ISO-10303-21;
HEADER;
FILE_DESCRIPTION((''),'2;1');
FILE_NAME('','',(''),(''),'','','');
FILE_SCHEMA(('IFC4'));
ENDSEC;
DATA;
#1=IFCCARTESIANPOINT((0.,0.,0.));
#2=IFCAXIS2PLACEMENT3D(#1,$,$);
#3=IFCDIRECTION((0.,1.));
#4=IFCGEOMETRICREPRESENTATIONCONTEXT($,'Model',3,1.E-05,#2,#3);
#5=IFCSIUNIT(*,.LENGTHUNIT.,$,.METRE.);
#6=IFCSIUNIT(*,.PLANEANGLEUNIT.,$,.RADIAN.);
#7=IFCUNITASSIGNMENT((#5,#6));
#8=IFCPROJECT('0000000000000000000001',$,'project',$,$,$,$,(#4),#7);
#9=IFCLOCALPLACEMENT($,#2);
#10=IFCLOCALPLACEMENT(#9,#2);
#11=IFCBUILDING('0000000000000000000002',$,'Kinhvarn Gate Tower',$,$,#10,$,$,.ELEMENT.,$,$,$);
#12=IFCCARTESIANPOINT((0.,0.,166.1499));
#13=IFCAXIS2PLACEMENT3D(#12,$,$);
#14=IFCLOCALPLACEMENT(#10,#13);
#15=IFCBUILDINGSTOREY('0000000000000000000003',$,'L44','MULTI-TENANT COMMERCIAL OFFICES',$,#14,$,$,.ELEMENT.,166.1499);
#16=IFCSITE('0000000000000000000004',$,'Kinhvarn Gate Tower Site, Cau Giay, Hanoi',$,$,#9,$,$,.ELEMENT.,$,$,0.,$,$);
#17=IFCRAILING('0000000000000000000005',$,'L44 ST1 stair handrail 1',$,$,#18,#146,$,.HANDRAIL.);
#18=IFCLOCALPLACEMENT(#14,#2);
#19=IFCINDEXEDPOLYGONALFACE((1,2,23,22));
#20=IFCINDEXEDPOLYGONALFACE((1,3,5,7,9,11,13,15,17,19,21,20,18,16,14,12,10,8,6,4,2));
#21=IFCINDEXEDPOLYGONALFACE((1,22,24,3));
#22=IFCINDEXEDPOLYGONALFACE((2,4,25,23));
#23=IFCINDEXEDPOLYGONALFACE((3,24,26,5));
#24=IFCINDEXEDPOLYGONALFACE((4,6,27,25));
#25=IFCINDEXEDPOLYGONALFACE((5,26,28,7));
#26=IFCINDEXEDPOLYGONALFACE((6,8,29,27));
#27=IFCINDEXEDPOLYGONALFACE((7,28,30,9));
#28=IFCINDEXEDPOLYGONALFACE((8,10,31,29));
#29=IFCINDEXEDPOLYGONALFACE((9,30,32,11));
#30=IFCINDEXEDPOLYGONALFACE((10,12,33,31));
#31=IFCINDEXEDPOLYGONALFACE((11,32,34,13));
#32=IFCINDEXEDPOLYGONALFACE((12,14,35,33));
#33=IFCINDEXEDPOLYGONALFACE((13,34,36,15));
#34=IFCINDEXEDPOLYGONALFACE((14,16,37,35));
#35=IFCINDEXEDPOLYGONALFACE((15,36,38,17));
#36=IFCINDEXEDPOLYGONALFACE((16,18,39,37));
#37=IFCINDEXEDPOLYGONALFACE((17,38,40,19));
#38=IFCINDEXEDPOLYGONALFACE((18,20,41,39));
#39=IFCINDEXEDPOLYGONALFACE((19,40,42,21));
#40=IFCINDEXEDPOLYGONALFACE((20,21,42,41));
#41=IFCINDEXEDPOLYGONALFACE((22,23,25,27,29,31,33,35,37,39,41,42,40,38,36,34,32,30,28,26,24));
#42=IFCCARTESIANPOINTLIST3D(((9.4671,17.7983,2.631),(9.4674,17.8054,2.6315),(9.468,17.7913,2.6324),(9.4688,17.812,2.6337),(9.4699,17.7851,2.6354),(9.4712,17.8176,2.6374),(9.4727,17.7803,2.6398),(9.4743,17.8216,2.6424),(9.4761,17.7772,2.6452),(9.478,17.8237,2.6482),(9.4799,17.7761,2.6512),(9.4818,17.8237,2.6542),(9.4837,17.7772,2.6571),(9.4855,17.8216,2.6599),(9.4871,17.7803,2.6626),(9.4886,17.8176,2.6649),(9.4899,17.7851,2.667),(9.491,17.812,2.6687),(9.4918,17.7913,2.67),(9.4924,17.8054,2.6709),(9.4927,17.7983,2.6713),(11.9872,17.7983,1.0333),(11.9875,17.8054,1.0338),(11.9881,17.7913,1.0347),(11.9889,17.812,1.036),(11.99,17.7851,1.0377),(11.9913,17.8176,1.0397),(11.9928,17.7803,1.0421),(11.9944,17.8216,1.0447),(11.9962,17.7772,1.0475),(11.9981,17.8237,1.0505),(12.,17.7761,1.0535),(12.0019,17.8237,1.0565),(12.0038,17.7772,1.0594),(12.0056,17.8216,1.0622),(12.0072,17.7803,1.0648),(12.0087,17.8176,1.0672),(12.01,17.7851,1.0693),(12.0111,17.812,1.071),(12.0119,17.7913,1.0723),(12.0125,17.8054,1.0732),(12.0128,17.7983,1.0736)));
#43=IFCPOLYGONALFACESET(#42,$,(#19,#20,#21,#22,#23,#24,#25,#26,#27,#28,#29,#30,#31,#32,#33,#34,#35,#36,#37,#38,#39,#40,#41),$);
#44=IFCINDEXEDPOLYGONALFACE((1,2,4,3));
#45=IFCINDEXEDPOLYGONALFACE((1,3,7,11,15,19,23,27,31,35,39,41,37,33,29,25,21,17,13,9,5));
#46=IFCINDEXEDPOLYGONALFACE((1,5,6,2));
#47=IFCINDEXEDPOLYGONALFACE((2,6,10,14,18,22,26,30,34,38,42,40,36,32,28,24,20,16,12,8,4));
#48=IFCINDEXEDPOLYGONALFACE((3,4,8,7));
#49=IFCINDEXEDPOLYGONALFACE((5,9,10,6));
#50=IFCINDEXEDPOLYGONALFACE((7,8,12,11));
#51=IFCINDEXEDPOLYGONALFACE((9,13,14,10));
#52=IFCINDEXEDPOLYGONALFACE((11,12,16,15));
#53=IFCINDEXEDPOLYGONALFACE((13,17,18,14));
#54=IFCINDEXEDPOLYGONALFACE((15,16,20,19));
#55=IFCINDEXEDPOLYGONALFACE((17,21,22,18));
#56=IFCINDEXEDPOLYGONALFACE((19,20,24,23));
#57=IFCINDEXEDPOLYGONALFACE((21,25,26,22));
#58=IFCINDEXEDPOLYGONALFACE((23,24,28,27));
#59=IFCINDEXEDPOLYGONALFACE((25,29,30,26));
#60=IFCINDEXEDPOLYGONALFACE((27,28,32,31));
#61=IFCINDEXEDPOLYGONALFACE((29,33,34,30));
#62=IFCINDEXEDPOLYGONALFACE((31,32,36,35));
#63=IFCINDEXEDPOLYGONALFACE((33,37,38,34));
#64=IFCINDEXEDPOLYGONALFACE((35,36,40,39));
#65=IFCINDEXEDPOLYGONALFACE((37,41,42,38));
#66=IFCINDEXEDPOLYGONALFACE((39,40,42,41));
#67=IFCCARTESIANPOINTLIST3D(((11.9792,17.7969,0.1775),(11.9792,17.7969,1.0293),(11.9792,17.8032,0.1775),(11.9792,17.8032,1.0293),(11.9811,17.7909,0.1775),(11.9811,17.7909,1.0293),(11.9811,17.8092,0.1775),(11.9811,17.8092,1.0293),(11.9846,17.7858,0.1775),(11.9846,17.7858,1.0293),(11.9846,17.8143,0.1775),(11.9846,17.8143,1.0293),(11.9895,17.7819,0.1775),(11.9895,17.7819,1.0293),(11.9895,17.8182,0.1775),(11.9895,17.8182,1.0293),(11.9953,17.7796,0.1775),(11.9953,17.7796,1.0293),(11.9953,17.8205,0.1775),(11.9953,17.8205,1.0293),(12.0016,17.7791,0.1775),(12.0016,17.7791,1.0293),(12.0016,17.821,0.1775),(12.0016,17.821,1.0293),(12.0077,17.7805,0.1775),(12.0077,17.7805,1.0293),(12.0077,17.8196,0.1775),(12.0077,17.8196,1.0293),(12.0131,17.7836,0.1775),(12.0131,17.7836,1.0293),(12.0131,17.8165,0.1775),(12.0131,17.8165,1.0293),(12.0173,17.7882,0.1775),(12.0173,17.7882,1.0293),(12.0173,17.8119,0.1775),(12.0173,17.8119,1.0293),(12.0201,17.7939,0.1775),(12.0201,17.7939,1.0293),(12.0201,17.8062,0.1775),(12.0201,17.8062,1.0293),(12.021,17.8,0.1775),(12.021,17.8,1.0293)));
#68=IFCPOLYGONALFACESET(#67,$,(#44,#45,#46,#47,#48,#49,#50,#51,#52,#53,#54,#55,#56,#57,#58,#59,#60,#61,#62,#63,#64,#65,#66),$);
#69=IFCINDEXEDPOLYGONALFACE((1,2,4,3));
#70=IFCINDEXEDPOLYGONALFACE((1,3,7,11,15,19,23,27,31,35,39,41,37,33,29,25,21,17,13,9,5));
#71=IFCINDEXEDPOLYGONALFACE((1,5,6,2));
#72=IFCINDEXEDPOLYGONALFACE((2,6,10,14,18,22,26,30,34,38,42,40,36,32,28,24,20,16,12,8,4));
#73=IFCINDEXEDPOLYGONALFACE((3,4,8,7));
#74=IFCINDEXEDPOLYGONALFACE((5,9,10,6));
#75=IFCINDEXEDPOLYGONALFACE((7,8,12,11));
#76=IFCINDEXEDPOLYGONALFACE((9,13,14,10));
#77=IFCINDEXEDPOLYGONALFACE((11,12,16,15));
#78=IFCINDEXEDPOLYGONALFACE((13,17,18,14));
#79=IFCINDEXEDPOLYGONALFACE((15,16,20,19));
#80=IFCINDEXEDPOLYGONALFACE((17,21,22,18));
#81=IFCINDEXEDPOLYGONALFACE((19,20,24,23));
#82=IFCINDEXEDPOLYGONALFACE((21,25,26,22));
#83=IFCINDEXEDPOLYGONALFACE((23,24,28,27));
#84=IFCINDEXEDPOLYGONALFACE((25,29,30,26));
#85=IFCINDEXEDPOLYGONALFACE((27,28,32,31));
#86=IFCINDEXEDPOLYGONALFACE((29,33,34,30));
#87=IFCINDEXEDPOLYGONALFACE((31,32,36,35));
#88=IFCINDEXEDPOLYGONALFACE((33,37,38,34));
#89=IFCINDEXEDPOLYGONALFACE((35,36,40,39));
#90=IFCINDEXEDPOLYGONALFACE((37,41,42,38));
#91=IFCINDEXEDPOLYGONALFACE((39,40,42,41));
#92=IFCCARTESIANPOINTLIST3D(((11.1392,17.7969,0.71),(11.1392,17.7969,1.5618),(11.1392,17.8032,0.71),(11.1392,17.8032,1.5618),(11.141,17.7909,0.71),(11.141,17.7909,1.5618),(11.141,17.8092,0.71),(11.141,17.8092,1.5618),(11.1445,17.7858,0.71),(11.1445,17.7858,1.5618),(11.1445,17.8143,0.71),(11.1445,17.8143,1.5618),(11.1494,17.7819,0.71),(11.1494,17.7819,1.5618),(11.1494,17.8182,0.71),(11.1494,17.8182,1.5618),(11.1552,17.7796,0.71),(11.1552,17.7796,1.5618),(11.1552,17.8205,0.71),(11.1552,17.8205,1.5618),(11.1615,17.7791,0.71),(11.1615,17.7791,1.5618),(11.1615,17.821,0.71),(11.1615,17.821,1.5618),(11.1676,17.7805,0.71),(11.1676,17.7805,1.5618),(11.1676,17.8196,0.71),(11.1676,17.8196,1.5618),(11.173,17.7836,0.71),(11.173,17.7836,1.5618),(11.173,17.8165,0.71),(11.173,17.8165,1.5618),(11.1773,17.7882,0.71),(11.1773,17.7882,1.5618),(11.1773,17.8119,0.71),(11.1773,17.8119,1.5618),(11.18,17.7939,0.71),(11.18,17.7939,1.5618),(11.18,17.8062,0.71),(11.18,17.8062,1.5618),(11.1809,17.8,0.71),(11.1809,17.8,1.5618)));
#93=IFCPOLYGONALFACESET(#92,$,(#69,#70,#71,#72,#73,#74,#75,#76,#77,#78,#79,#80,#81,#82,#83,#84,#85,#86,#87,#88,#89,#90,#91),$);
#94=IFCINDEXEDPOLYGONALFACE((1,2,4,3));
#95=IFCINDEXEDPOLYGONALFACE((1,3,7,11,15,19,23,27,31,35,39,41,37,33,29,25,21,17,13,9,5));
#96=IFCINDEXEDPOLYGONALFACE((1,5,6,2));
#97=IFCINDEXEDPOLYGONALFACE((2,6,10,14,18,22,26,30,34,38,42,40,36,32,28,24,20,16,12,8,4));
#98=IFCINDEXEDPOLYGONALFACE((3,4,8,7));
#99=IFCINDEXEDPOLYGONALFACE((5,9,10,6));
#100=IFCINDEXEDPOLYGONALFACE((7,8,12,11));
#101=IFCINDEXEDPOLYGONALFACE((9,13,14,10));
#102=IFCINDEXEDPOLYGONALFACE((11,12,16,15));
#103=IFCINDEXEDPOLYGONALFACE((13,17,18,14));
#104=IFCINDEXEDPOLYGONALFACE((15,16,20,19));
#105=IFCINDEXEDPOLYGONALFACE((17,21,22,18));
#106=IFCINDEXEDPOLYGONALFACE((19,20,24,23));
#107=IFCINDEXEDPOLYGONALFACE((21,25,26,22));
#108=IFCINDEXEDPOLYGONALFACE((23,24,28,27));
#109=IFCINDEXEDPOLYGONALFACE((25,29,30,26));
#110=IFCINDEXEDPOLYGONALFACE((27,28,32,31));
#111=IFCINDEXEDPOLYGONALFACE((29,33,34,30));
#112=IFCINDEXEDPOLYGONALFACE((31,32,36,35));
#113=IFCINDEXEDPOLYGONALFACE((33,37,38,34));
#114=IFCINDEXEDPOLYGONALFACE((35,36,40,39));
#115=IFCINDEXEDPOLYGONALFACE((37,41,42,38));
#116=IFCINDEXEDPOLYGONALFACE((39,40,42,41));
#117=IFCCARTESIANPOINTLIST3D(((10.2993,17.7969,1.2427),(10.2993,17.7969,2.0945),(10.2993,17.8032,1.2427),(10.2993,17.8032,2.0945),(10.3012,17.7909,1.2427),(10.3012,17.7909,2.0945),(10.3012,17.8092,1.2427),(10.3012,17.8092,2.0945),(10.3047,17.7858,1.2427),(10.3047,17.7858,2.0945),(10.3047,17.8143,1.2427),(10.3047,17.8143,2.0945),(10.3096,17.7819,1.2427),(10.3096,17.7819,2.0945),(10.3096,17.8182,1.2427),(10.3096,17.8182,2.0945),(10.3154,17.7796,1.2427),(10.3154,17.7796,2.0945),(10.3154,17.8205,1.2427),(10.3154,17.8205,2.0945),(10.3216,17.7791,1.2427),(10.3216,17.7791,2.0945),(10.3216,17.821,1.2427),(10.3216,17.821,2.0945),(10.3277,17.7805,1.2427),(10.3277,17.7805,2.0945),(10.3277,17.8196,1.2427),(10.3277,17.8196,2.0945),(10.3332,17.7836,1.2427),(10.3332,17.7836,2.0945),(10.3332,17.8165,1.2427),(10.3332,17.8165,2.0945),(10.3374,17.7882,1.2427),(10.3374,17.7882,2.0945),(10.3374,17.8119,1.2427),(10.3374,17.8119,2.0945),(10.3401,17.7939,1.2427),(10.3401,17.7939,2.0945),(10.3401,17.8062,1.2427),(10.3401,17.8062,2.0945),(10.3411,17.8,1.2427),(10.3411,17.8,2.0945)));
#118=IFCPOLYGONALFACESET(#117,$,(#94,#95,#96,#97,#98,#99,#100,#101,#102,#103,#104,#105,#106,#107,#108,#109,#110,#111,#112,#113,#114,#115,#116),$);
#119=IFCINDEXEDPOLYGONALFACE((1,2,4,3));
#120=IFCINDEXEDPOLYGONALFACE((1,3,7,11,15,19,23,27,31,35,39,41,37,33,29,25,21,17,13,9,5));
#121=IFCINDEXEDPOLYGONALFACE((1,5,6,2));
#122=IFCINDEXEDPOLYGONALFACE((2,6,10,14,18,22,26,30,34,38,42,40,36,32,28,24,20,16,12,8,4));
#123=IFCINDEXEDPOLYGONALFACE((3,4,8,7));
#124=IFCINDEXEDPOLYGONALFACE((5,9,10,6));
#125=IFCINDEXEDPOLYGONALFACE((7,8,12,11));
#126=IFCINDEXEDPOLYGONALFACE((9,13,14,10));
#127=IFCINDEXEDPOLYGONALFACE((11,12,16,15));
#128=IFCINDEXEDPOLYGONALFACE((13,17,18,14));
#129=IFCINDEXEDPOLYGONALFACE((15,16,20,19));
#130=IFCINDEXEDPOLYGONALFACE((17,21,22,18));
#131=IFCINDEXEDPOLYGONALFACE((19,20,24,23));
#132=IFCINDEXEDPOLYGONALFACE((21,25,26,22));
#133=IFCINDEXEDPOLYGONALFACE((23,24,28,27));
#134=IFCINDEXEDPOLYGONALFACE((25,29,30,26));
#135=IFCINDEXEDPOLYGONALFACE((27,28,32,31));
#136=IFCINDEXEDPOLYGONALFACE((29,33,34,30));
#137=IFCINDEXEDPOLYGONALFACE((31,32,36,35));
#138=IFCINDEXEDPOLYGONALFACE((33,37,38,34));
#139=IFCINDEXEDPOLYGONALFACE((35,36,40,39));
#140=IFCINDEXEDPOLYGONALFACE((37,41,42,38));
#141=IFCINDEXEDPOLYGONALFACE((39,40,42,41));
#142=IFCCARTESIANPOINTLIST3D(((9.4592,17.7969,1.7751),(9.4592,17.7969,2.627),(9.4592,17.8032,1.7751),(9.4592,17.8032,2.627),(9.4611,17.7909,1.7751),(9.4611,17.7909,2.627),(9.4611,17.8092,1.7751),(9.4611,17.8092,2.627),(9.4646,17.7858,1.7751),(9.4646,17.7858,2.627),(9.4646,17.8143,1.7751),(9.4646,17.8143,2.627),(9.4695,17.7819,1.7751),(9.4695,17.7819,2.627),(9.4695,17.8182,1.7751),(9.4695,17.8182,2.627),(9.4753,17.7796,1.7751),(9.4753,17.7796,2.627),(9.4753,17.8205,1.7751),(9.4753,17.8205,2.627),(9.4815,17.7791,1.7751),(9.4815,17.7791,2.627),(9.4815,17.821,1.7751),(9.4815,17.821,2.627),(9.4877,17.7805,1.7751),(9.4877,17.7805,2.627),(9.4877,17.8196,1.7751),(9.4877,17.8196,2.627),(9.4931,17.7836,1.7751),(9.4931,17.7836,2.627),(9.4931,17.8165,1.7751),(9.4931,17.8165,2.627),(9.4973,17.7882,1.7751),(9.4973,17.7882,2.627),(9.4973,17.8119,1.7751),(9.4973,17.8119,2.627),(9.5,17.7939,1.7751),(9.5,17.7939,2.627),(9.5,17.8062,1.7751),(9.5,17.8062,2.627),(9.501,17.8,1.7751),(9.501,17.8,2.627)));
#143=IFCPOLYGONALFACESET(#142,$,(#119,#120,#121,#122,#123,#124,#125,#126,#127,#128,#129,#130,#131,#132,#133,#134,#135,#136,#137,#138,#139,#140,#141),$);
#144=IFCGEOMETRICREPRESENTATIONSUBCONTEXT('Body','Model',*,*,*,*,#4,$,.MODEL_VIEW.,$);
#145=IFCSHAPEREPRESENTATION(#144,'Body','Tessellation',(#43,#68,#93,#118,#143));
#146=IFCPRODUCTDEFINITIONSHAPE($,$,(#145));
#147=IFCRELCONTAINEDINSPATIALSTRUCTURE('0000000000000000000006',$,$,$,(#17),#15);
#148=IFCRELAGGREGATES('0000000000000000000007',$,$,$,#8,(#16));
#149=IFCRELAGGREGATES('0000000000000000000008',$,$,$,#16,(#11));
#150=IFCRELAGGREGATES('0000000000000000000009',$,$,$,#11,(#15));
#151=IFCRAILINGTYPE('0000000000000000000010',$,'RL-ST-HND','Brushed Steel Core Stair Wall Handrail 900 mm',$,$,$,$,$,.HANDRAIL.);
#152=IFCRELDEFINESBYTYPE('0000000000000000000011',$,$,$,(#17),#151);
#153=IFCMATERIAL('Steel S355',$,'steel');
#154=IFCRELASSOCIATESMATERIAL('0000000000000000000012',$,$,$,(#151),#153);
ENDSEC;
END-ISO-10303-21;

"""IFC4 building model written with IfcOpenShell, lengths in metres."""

from ifc_helpers import new_model, si_unit, direction, frame, origin, origin_2d, place, context, subcontext, project, spatial, circle, extrude, material, type_object, element, save


model = new_model("IFC4")

# Units and contexts
model_context = context("Model", 3, precision=1e-05, world=origin(), true_north=direction((0.0, 1.0)))
body_context = subcontext(model_context, "Body", "Model", "MODEL_VIEW")
ifc_project = project(units=[si_unit("LENGTHUNIT", "METRE"), si_unit("PLANEANGLEUNIT", "RADIAN")], contexts=[model_context])

# Site, building, storey
site_placement = place(None, origin())
site = spatial("IfcSite", under=ifc_project, at=site_placement, Name="Kinhvarn Gate Tower Site, Cau Giay, Hanoi", CompositionType="ELEMENT", RefElevation=0.0)
building_placement = place(site_placement, origin())
building = spatial("IfcBuilding", under=site, at=building_placement, Name="Kinhvarn Gate Tower", CompositionType="ELEMENT")
storey_placement = place(building_placement, frame((0.0, 0.0, 166.1499)))
storey = spatial("IfcBuildingStorey", under=building, at=storey_placement, Name="L44", Description="MULTI-TENANT COMMERCIAL OFFICES", CompositionType="ELEMENT", Elevation=166.1499)

# Shared definitions
ifc_material_1 = material(Name="Steel S355", Category="steel")

# Railing
railing_type_1 = type_object("IfcRailingType", Name="RL-ST-HND", Description="Brushed Steel Core Stair Wall Handrail 900 mm", PredefinedType="HANDRAIL", material=ifc_material_1)
railing_1_placement = place(storey_placement, frame((12.0, 17.8, 0.1775)))
element("IfcRailing", 1, at=railing_1_placement, inside=storey, type_object=railing_type_1, Name="L44 ST1 stair handrail 1", PredefinedType="HANDRAIL", context=body_context, shape_type="SweptSolid", body=[
    extrude(circle(Radius=0.0239, at=origin_2d()), frame((0.0, 0.0, 0.876), z_axis=(-0.84457, 0.0, 0.535445), x_axis=(0.0, -1.0, 0.0)), (0.0, 0.0, 1.0), 2.9839),
    extrude(circle(Radius=0.021, at=origin_2d()), origin(), (0.0, 0.0, 1.0), 0.8518),
    extrude(circle(Radius=0.021, at=origin_2d()), frame((-0.8401, 0.0, 0.5325)), (0.0, 0.0, 1.0), 0.8518),
    extrude(circle(Radius=0.021, at=origin_2d()), frame((-1.6799, 0.0, 1.0652)), (0.0, 0.0, 1.0), 0.8518),
    extrude(circle(Radius=0.021, at=origin_2d()), frame((-2.52, 0.0, 1.5977)), (0.0, 0.0, 1.0), 0.8518),
])

save(model, "model.ifc")
